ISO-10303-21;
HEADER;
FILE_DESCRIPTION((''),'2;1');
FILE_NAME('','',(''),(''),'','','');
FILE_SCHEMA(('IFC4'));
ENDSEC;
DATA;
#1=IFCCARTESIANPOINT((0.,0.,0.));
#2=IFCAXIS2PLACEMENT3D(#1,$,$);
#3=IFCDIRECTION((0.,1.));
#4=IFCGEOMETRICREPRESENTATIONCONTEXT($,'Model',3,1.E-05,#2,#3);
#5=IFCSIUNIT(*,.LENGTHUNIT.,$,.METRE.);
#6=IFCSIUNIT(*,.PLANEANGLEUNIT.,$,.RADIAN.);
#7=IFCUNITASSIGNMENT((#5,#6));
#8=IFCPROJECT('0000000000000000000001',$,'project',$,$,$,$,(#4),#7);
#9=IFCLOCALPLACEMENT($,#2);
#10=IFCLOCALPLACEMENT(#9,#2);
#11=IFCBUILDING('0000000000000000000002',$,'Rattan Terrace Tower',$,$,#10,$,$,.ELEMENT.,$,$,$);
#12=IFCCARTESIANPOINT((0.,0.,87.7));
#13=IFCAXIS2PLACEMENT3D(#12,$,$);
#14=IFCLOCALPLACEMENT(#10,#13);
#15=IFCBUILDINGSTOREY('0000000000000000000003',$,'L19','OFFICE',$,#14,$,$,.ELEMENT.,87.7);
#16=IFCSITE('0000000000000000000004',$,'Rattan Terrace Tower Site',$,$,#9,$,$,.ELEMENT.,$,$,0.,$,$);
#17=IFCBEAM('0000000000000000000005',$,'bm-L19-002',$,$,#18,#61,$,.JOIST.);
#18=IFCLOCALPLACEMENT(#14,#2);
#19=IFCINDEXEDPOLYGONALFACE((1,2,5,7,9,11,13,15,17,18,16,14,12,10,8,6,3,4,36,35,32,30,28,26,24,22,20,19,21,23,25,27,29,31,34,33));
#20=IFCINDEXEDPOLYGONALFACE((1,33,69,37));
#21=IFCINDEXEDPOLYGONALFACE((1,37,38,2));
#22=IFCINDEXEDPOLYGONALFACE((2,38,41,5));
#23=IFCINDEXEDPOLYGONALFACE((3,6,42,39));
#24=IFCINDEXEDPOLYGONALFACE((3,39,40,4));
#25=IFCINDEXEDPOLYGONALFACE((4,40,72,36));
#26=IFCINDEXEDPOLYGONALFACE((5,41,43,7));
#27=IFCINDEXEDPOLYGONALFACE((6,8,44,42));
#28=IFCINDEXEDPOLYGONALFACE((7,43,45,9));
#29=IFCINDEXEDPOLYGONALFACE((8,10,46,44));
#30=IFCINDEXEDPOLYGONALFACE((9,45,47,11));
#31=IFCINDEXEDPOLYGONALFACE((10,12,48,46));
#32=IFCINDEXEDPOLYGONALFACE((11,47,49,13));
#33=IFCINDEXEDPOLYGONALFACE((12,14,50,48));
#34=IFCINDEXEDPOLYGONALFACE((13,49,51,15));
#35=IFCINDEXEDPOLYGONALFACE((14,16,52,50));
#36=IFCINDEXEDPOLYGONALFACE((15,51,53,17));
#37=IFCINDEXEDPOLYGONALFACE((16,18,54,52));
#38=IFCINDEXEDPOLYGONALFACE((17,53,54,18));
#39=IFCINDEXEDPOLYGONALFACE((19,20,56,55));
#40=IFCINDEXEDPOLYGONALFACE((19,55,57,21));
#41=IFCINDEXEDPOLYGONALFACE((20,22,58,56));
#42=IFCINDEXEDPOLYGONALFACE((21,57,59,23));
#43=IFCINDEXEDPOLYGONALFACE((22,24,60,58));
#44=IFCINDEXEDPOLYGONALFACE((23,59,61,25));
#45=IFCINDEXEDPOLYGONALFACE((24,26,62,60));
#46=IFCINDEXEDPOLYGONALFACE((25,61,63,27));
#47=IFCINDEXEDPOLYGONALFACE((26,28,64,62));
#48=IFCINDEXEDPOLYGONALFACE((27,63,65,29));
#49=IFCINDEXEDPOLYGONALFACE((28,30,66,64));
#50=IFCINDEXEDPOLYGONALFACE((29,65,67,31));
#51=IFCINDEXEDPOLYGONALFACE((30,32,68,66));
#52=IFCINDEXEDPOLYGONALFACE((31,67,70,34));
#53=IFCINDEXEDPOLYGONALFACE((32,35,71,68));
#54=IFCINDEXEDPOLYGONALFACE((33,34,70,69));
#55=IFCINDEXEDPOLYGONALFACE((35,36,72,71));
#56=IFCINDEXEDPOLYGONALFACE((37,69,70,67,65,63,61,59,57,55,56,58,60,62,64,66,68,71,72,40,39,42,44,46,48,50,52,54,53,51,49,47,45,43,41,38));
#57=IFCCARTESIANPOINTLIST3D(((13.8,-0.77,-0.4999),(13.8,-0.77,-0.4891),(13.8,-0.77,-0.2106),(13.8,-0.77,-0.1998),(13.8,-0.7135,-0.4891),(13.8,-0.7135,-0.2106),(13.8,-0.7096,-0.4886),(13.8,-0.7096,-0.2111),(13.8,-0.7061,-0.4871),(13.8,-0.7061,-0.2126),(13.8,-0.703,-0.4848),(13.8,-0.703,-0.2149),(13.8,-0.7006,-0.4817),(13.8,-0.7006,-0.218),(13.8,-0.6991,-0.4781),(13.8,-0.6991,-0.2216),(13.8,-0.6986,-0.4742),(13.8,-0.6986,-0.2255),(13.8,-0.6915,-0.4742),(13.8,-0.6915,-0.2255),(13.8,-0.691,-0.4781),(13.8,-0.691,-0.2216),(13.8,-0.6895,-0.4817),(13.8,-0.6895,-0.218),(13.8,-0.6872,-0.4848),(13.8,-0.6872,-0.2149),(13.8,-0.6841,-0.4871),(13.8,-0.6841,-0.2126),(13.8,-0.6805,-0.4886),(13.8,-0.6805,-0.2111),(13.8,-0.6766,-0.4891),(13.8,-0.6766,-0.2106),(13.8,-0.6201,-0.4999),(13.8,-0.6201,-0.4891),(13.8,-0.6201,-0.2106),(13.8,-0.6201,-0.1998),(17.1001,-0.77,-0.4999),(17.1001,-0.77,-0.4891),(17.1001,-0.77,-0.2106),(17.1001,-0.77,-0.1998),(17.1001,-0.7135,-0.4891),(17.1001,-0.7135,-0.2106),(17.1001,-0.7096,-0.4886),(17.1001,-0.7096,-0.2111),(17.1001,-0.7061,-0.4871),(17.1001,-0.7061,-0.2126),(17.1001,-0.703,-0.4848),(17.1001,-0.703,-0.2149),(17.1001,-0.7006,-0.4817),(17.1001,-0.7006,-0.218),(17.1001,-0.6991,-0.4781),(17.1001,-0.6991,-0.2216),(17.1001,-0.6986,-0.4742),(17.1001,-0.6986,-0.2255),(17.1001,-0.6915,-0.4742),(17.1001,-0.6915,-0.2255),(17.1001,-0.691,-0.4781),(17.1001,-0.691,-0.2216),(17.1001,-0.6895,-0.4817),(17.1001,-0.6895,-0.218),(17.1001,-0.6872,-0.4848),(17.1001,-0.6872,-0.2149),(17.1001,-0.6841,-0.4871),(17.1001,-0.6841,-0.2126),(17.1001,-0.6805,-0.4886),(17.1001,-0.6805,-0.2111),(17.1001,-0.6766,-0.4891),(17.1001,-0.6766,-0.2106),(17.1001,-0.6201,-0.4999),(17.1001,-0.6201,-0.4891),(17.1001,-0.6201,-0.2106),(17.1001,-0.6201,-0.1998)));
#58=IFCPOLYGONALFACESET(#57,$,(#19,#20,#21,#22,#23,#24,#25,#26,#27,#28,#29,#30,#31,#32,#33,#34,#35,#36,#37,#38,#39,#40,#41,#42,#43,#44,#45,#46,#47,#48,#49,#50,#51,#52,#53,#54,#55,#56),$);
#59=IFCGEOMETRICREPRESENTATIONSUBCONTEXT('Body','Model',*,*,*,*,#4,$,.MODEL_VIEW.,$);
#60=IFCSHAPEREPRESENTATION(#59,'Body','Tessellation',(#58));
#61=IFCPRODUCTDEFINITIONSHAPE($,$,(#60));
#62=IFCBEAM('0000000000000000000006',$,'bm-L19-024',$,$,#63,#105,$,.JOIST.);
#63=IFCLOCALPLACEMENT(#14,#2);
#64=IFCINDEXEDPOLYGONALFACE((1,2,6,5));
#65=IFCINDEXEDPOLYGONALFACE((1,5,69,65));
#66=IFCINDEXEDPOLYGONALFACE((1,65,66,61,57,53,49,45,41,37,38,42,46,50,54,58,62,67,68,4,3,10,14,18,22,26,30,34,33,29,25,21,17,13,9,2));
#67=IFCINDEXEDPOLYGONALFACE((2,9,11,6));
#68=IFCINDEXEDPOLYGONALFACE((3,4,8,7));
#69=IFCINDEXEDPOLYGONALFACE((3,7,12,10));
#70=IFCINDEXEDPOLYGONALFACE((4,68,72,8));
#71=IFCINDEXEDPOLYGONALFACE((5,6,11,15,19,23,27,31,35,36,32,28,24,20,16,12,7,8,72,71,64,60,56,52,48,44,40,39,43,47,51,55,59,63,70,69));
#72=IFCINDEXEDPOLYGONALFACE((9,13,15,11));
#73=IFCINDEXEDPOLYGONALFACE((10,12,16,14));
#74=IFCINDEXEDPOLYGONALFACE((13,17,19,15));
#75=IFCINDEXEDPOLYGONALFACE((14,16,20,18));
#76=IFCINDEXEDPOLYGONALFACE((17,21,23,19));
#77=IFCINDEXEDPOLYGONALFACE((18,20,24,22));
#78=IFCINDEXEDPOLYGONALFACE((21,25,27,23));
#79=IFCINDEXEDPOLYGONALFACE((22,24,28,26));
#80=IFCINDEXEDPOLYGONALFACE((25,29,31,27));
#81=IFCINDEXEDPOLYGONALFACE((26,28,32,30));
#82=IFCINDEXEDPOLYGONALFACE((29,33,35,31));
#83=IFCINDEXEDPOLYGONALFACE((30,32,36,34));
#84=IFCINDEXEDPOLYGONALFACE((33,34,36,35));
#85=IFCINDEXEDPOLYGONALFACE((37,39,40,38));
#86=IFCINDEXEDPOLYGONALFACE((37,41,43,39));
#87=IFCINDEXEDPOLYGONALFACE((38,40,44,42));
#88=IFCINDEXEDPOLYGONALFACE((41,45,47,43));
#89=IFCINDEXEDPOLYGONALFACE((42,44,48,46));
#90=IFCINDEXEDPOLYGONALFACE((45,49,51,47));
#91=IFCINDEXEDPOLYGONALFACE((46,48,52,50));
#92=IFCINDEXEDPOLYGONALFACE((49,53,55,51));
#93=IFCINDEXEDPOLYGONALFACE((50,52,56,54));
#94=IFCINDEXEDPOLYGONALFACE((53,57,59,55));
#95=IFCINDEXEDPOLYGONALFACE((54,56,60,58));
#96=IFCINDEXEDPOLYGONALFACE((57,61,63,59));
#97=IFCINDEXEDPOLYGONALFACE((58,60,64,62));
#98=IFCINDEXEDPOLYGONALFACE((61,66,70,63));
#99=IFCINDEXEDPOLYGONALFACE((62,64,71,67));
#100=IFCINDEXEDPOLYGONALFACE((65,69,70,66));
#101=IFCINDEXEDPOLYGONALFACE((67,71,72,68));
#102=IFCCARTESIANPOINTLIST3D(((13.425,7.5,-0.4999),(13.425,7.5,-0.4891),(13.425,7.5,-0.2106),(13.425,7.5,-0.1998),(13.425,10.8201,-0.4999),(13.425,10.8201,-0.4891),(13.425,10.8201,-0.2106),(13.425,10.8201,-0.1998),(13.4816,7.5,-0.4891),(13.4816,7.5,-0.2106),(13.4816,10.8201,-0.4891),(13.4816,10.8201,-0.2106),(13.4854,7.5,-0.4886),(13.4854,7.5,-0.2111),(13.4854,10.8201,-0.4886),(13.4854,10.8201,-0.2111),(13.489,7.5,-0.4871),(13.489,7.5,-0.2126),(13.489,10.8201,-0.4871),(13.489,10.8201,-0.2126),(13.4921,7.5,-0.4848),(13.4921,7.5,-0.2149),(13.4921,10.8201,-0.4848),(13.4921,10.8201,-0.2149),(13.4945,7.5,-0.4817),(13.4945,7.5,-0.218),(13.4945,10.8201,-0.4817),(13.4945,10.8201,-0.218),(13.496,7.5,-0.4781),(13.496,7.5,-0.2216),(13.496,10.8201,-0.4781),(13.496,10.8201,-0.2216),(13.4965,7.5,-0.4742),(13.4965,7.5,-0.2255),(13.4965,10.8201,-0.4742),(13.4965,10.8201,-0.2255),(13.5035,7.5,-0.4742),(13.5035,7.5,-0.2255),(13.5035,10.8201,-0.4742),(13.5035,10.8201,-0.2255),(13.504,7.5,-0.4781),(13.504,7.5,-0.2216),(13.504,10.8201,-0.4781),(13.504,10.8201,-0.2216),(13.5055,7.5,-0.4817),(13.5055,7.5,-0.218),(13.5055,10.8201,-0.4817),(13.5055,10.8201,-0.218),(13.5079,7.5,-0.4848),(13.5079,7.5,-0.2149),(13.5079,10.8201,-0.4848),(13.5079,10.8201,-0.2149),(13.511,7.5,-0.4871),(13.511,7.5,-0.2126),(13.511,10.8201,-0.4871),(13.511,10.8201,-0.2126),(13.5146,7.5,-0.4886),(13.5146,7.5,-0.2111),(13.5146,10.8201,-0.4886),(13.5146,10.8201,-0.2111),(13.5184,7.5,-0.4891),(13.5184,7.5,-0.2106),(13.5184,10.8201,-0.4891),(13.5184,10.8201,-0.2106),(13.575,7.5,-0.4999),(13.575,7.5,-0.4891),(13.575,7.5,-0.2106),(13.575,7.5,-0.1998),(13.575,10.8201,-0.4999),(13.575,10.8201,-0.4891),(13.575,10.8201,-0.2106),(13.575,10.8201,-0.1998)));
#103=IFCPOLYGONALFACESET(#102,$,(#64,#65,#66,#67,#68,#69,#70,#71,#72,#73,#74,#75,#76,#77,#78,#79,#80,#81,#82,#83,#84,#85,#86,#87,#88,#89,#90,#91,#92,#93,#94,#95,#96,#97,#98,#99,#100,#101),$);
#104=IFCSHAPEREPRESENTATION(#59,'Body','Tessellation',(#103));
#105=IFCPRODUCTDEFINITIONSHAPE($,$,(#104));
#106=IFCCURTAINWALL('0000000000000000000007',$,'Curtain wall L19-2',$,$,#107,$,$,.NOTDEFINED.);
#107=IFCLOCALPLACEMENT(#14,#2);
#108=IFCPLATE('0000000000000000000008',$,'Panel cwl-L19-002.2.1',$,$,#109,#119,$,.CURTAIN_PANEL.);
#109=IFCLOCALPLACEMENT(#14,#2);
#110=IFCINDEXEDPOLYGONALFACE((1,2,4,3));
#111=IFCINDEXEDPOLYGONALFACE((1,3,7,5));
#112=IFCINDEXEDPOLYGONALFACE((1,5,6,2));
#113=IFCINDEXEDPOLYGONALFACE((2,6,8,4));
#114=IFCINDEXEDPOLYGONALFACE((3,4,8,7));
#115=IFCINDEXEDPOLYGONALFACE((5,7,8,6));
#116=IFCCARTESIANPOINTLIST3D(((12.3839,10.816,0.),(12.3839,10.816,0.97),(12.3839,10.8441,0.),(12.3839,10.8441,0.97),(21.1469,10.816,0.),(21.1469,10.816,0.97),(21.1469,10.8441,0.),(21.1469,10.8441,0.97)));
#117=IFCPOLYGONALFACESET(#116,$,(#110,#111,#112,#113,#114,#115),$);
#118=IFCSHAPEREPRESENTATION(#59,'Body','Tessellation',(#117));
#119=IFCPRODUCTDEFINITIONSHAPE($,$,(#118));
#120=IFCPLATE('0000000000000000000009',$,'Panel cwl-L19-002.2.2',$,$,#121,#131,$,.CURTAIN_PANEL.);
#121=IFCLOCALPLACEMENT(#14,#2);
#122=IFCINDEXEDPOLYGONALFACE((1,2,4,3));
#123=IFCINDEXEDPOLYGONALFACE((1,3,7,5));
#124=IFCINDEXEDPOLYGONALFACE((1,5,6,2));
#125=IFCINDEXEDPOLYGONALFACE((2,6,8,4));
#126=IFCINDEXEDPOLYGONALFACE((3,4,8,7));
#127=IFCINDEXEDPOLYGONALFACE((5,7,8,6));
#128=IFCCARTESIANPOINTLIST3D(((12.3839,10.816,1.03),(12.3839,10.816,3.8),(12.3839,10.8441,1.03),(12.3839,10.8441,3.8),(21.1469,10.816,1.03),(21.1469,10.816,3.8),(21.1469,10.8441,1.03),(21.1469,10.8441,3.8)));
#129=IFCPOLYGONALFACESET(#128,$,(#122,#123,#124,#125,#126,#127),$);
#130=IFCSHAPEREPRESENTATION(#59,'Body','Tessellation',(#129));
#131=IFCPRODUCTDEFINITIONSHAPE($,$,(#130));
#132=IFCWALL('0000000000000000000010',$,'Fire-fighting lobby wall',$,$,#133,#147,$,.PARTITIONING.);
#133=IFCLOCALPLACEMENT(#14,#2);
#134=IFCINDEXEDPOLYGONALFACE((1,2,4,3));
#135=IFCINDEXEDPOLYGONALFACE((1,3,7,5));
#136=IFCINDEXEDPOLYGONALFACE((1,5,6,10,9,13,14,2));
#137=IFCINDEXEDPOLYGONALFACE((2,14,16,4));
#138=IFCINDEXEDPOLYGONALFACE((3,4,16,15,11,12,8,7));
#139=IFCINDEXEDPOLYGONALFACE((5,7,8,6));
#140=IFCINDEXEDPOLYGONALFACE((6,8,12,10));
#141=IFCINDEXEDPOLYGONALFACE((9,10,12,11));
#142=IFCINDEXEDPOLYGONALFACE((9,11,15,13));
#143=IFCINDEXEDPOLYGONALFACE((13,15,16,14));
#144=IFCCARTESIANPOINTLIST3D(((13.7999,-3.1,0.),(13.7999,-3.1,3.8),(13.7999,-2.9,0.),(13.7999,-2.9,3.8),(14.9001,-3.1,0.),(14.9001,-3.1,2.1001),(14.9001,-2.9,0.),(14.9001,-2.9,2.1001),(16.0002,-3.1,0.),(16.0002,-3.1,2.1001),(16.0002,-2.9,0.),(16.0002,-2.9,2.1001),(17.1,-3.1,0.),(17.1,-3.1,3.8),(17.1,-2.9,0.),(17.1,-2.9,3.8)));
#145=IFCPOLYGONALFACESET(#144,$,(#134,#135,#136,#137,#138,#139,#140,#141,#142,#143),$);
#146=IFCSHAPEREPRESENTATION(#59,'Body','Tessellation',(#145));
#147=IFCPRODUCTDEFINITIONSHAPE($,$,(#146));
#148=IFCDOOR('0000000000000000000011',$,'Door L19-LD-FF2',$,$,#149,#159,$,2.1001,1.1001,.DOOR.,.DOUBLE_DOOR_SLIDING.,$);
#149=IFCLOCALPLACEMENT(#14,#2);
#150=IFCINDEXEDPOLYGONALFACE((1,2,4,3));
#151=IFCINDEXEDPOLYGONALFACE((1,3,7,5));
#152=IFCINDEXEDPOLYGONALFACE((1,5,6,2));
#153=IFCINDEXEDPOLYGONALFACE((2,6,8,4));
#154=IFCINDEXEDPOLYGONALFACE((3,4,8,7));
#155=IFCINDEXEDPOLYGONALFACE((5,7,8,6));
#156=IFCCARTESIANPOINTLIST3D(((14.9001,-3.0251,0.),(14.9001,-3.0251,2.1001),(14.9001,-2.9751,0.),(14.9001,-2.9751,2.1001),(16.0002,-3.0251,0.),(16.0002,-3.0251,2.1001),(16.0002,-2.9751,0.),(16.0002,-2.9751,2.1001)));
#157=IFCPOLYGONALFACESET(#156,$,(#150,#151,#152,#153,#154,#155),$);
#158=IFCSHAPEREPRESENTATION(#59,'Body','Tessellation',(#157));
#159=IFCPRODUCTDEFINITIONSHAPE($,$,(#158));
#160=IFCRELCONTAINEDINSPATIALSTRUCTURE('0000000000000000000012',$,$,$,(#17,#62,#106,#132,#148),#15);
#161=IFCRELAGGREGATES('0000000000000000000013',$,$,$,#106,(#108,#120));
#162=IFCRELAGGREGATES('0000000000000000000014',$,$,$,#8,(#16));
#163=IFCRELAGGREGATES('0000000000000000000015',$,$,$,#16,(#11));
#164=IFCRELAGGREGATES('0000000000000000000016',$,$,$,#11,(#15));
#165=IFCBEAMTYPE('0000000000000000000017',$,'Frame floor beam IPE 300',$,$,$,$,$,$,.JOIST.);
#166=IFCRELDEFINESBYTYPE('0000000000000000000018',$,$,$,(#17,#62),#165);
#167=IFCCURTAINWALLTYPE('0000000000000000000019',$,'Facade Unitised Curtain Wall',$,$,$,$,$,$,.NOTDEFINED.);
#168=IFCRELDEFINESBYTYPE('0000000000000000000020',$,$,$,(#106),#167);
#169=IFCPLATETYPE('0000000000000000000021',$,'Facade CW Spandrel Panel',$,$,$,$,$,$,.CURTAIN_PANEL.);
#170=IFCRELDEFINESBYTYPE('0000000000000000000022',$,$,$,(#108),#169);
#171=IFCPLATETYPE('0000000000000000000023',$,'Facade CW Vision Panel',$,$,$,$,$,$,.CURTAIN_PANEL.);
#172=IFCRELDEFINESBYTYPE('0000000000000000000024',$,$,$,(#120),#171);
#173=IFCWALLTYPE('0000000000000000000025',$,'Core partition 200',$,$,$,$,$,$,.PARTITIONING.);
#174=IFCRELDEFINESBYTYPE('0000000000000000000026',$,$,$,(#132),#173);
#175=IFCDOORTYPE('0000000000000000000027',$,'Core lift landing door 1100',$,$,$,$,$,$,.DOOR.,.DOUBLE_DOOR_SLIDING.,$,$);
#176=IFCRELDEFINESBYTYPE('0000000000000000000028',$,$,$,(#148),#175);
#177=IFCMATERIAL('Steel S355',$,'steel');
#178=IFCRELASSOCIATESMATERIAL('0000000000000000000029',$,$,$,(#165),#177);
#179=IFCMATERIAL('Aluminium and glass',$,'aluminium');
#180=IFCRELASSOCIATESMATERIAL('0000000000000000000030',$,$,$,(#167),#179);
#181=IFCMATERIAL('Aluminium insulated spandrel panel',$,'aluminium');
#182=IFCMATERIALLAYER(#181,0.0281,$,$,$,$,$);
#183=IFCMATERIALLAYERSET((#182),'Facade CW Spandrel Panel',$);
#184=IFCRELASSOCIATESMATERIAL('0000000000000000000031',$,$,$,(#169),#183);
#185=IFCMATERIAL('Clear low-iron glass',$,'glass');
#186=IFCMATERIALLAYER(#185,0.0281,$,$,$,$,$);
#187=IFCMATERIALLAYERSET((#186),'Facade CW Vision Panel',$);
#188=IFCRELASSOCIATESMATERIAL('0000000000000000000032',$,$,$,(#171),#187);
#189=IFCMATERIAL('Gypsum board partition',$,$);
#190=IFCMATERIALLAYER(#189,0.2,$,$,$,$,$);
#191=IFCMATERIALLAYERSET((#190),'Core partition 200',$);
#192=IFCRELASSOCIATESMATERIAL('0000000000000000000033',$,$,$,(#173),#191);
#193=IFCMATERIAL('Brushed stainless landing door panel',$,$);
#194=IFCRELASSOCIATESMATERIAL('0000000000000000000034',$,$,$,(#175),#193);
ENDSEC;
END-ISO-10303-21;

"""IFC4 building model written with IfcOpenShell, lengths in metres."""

from ifc_helpers import new_model, si_unit, direction, frame, frame_2d, origin, origin_2d, place, context, subcontext, project, spatial, rectangle, i_section, extrude, material, layer, layer_set, material_profile, profile_set, type_object, element, fill, aggregate, save


model = new_model("IFC4")

# Units and contexts
model_context = context("Model", 3, precision=1e-05, world=origin(), true_north=direction((0.0, 1.0)))
body_context = subcontext(model_context, "Body", "Model", "MODEL_VIEW")
ifc_project = project(units=[si_unit("LENGTHUNIT", "METRE"), si_unit("PLANEANGLEUNIT", "RADIAN")], contexts=[model_context])

# Site, building, storey
site_placement = place(None, origin())
site = spatial("IfcSite", under=ifc_project, at=site_placement, Name="Rattan Terrace Tower Site", CompositionType="ELEMENT", RefElevation=0.0)
building_placement = place(site_placement, origin())
building = spatial("IfcBuilding", under=site, at=building_placement, Name="Rattan Terrace Tower", CompositionType="ELEMENT")
storey_placement = place(building_placement, frame((0.0, 0.0, 87.7)))
storey = spatial("IfcBuildingStorey", under=building, at=storey_placement, Name="L19", Description="OFFICE", CompositionType="ELEMENT", Elevation=87.7)

# Beams
ifc_material_1 = material(Name="Steel S355", Category="steel")
ifc_material_profile_1 = material_profile(ifc_material_1, i_section(OverallWidth=0.1499, OverallDepth=0.3, WebThickness=0.0071, FlangeThickness=0.0107, FilletRadius=0.0149, at=origin_2d()), Name="IPE 300")
ifc_profile_set_1 = profile_set([ifc_material_profile_1], Name="Steel S355")
beam_type_1 = type_object("IfcBeamType", Name="Frame floor beam IPE 300", PredefinedType="JOIST", material=ifc_profile_set_1)
beam_1_placement = place(storey_placement, frame((13.8, -0.6951, -0.3499), z_axis=(1.0, 0.0, 0.0), x_axis=(0.0, 1.0, 0.0)))
element("IfcBeam", 1, at=beam_1_placement, inside=storey, type_object=beam_type_1, Name="bm-L19-002", PredefinedType="JOIST", context=body_context, shape_type="SweptSolid", body=[
    extrude(i_section(OverallWidth=0.1499, OverallDepth=0.3, WebThickness=0.0071, FlangeThickness=0.0107, FilletRadius=0.0149, at=origin_2d()), origin(), (0.0, 0.0, 1.0), 3.3),
])
beam_2_placement = place(storey_placement, frame((13.5, 7.5, -0.3499), z_axis=(0.0, 1.0, 0.0), x_axis=(-1.0, 0.0, 0.0)))
element("IfcBeam", 2, at=beam_2_placement, inside=storey, type_object=beam_type_1, Name="bm-L19-024", PredefinedType="JOIST", context=body_context, shape_type="SweptSolid", body=[
    extrude(i_section(OverallWidth=0.1499, OverallDepth=0.3, WebThickness=0.0071, FlangeThickness=0.0107, FilletRadius=0.0149, at=origin_2d()), origin(), (0.0, 0.0, 1.0), 3.3201),
])

# Curtain wall, plates
ifc_material_2 = material(Name="Aluminium and glass", Category="aluminium")
curtain_wall_type = type_object("IfcCurtainWallType", Name="Facade Unitised Curtain Wall", PredefinedType="NOTDEFINED", material=ifc_material_2)
curtain_wall_placement = place(storey_placement, origin())
curtain_wall = element("IfcCurtainWall", 3, at=curtain_wall_placement, inside=storey, type_object=curtain_wall_type, Name="Curtain wall L19-2", PredefinedType="NOTDEFINED")
ifc_material_3 = material(Name="Aluminium insulated spandrel panel", Category="aluminium")
ifc_layer_1 = layer(ifc_material_3, 0.0281)
ifc_layer_set_1 = layer_set([ifc_layer_1], Name="Facade CW Spandrel Panel")
plate_type_1 = type_object("IfcPlateType", Name="Facade CW Spandrel Panel", PredefinedType="CURTAIN_PANEL", material=ifc_layer_set_1)
plate_1_placement = place(storey_placement, frame((16.7654, 10.8301, 0.0), z_axis=(0.0, 0.0, 1.0), x_axis=(-1.0, 0.0, 0.0)))
plate_1 = element("IfcPlate", 4, at=plate_1_placement, type_object=plate_type_1, Name="Panel cwl-L19-002.2.1", PredefinedType="CURTAIN_PANEL", context=body_context, shape_type="SweptSolid", body=[
    extrude(rectangle(XDim=8.7629, YDim=0.0281, at=origin_2d()), origin(), (0.0, 0.0, 1.0), 0.97),
])
ifc_material_4 = material(Name="Clear low-iron glass", Category="glass")
ifc_layer_2 = layer(ifc_material_4, 0.0281)
ifc_layer_set_2 = layer_set([ifc_layer_2], Name="Facade CW Vision Panel")
plate_type_2 = type_object("IfcPlateType", Name="Facade CW Vision Panel", PredefinedType="CURTAIN_PANEL", material=ifc_layer_set_2)
plate_2_placement = place(storey_placement, frame((16.7654, 10.8301, 1.03), z_axis=(0.0, 0.0, 1.0), x_axis=(-1.0, 0.0, 0.0)))
plate_2 = element("IfcPlate", 5, at=plate_2_placement, type_object=plate_type_2, Name="Panel cwl-L19-002.2.2", PredefinedType="CURTAIN_PANEL", context=body_context, shape_type="SweptSolid", body=[
    extrude(rectangle(XDim=8.7629, YDim=0.0281, at=origin_2d()), origin(), (0.0, 0.0, 1.0), 2.77),
])
aggregate(curtain_wall, [plate_1, plate_2])

# Wall, opening, door
ifc_material_5 = material(Name="Gypsum board partition")
ifc_layer_3 = layer(ifc_material_5, 0.2)
ifc_layer_set_3 = layer_set([ifc_layer_3], Name="Core partition 200")
wall_type_1 = type_object("IfcWallType", Name="Core partition 200", PredefinedType="PARTITIONING", material=ifc_layer_set_3)
wall_1_placement = place(storey_placement, frame((13.8, -3.0, 0.0), z_axis=(0.0, 0.0, 1.0), x_axis=(1.0, 0.0, 0.0)))
wall_1 = element("IfcWall", 6, at=wall_1_placement, inside=storey, type_object=wall_type_1, Name="Fire-fighting lobby wall", PredefinedType="PARTITIONING", context=body_context, shape_type="SweptSolid", body=[
    extrude(rectangle(XDim=3.3, YDim=0.2, at=frame_2d((1.6499, 0.0))), origin(), (0.0, 0.0, 1.0), 3.8),
])
opening_1_placement = place(wall_1_placement, frame((1.1001, 0.0, 0.0)))
opening_1 = element("IfcOpeningElement", 7, at=opening_1_placement, cuts=wall_1, PredefinedType="OPENING", context=body_context, shape_type="SweptSolid", body=[
    extrude(rectangle(XDim=1.1001, YDim=2.1001, at=frame_2d((0.55, 1.05))), frame((0.0, 0.1106, 0.0), z_axis=(0.0, -1.0, 0.0), x_axis=(1.0, 0.0, 0.0)), (0.0, 0.0, 1.0), 0.2209),
])
ifc_material_6 = material(Name="Brushed stainless landing door panel")
door_type_1 = type_object("IfcDoorType", Name="Core lift landing door 1100", OperationType="DOUBLE_DOOR_SLIDING", PredefinedType="DOOR", material=ifc_material_6)
door_1_placement = place(opening_1_placement, origin())
door_1 = element("IfcDoor", 8, at=door_1_placement, inside=storey, type_object=door_type_1, Name="Door L19-LD-FF2", OperationType="DOUBLE_DOOR_SLIDING", OverallHeight=2.1001, OverallWidth=1.1001, PredefinedType="DOOR", context=body_context, shape_type="SweptSolid", body=[
    extrude(rectangle(XDim=1.1001, YDim=2.1001, at=frame_2d((0.55, 1.05))), frame((0.0, 0.0249, 0.0), z_axis=(0.0, -1.0, 0.0), x_axis=(1.0, 0.0, 0.0)), (0.0, 0.0, 1.0), 0.05),
])
fill(opening_1, door_1)

save(model, "model.ifc")
